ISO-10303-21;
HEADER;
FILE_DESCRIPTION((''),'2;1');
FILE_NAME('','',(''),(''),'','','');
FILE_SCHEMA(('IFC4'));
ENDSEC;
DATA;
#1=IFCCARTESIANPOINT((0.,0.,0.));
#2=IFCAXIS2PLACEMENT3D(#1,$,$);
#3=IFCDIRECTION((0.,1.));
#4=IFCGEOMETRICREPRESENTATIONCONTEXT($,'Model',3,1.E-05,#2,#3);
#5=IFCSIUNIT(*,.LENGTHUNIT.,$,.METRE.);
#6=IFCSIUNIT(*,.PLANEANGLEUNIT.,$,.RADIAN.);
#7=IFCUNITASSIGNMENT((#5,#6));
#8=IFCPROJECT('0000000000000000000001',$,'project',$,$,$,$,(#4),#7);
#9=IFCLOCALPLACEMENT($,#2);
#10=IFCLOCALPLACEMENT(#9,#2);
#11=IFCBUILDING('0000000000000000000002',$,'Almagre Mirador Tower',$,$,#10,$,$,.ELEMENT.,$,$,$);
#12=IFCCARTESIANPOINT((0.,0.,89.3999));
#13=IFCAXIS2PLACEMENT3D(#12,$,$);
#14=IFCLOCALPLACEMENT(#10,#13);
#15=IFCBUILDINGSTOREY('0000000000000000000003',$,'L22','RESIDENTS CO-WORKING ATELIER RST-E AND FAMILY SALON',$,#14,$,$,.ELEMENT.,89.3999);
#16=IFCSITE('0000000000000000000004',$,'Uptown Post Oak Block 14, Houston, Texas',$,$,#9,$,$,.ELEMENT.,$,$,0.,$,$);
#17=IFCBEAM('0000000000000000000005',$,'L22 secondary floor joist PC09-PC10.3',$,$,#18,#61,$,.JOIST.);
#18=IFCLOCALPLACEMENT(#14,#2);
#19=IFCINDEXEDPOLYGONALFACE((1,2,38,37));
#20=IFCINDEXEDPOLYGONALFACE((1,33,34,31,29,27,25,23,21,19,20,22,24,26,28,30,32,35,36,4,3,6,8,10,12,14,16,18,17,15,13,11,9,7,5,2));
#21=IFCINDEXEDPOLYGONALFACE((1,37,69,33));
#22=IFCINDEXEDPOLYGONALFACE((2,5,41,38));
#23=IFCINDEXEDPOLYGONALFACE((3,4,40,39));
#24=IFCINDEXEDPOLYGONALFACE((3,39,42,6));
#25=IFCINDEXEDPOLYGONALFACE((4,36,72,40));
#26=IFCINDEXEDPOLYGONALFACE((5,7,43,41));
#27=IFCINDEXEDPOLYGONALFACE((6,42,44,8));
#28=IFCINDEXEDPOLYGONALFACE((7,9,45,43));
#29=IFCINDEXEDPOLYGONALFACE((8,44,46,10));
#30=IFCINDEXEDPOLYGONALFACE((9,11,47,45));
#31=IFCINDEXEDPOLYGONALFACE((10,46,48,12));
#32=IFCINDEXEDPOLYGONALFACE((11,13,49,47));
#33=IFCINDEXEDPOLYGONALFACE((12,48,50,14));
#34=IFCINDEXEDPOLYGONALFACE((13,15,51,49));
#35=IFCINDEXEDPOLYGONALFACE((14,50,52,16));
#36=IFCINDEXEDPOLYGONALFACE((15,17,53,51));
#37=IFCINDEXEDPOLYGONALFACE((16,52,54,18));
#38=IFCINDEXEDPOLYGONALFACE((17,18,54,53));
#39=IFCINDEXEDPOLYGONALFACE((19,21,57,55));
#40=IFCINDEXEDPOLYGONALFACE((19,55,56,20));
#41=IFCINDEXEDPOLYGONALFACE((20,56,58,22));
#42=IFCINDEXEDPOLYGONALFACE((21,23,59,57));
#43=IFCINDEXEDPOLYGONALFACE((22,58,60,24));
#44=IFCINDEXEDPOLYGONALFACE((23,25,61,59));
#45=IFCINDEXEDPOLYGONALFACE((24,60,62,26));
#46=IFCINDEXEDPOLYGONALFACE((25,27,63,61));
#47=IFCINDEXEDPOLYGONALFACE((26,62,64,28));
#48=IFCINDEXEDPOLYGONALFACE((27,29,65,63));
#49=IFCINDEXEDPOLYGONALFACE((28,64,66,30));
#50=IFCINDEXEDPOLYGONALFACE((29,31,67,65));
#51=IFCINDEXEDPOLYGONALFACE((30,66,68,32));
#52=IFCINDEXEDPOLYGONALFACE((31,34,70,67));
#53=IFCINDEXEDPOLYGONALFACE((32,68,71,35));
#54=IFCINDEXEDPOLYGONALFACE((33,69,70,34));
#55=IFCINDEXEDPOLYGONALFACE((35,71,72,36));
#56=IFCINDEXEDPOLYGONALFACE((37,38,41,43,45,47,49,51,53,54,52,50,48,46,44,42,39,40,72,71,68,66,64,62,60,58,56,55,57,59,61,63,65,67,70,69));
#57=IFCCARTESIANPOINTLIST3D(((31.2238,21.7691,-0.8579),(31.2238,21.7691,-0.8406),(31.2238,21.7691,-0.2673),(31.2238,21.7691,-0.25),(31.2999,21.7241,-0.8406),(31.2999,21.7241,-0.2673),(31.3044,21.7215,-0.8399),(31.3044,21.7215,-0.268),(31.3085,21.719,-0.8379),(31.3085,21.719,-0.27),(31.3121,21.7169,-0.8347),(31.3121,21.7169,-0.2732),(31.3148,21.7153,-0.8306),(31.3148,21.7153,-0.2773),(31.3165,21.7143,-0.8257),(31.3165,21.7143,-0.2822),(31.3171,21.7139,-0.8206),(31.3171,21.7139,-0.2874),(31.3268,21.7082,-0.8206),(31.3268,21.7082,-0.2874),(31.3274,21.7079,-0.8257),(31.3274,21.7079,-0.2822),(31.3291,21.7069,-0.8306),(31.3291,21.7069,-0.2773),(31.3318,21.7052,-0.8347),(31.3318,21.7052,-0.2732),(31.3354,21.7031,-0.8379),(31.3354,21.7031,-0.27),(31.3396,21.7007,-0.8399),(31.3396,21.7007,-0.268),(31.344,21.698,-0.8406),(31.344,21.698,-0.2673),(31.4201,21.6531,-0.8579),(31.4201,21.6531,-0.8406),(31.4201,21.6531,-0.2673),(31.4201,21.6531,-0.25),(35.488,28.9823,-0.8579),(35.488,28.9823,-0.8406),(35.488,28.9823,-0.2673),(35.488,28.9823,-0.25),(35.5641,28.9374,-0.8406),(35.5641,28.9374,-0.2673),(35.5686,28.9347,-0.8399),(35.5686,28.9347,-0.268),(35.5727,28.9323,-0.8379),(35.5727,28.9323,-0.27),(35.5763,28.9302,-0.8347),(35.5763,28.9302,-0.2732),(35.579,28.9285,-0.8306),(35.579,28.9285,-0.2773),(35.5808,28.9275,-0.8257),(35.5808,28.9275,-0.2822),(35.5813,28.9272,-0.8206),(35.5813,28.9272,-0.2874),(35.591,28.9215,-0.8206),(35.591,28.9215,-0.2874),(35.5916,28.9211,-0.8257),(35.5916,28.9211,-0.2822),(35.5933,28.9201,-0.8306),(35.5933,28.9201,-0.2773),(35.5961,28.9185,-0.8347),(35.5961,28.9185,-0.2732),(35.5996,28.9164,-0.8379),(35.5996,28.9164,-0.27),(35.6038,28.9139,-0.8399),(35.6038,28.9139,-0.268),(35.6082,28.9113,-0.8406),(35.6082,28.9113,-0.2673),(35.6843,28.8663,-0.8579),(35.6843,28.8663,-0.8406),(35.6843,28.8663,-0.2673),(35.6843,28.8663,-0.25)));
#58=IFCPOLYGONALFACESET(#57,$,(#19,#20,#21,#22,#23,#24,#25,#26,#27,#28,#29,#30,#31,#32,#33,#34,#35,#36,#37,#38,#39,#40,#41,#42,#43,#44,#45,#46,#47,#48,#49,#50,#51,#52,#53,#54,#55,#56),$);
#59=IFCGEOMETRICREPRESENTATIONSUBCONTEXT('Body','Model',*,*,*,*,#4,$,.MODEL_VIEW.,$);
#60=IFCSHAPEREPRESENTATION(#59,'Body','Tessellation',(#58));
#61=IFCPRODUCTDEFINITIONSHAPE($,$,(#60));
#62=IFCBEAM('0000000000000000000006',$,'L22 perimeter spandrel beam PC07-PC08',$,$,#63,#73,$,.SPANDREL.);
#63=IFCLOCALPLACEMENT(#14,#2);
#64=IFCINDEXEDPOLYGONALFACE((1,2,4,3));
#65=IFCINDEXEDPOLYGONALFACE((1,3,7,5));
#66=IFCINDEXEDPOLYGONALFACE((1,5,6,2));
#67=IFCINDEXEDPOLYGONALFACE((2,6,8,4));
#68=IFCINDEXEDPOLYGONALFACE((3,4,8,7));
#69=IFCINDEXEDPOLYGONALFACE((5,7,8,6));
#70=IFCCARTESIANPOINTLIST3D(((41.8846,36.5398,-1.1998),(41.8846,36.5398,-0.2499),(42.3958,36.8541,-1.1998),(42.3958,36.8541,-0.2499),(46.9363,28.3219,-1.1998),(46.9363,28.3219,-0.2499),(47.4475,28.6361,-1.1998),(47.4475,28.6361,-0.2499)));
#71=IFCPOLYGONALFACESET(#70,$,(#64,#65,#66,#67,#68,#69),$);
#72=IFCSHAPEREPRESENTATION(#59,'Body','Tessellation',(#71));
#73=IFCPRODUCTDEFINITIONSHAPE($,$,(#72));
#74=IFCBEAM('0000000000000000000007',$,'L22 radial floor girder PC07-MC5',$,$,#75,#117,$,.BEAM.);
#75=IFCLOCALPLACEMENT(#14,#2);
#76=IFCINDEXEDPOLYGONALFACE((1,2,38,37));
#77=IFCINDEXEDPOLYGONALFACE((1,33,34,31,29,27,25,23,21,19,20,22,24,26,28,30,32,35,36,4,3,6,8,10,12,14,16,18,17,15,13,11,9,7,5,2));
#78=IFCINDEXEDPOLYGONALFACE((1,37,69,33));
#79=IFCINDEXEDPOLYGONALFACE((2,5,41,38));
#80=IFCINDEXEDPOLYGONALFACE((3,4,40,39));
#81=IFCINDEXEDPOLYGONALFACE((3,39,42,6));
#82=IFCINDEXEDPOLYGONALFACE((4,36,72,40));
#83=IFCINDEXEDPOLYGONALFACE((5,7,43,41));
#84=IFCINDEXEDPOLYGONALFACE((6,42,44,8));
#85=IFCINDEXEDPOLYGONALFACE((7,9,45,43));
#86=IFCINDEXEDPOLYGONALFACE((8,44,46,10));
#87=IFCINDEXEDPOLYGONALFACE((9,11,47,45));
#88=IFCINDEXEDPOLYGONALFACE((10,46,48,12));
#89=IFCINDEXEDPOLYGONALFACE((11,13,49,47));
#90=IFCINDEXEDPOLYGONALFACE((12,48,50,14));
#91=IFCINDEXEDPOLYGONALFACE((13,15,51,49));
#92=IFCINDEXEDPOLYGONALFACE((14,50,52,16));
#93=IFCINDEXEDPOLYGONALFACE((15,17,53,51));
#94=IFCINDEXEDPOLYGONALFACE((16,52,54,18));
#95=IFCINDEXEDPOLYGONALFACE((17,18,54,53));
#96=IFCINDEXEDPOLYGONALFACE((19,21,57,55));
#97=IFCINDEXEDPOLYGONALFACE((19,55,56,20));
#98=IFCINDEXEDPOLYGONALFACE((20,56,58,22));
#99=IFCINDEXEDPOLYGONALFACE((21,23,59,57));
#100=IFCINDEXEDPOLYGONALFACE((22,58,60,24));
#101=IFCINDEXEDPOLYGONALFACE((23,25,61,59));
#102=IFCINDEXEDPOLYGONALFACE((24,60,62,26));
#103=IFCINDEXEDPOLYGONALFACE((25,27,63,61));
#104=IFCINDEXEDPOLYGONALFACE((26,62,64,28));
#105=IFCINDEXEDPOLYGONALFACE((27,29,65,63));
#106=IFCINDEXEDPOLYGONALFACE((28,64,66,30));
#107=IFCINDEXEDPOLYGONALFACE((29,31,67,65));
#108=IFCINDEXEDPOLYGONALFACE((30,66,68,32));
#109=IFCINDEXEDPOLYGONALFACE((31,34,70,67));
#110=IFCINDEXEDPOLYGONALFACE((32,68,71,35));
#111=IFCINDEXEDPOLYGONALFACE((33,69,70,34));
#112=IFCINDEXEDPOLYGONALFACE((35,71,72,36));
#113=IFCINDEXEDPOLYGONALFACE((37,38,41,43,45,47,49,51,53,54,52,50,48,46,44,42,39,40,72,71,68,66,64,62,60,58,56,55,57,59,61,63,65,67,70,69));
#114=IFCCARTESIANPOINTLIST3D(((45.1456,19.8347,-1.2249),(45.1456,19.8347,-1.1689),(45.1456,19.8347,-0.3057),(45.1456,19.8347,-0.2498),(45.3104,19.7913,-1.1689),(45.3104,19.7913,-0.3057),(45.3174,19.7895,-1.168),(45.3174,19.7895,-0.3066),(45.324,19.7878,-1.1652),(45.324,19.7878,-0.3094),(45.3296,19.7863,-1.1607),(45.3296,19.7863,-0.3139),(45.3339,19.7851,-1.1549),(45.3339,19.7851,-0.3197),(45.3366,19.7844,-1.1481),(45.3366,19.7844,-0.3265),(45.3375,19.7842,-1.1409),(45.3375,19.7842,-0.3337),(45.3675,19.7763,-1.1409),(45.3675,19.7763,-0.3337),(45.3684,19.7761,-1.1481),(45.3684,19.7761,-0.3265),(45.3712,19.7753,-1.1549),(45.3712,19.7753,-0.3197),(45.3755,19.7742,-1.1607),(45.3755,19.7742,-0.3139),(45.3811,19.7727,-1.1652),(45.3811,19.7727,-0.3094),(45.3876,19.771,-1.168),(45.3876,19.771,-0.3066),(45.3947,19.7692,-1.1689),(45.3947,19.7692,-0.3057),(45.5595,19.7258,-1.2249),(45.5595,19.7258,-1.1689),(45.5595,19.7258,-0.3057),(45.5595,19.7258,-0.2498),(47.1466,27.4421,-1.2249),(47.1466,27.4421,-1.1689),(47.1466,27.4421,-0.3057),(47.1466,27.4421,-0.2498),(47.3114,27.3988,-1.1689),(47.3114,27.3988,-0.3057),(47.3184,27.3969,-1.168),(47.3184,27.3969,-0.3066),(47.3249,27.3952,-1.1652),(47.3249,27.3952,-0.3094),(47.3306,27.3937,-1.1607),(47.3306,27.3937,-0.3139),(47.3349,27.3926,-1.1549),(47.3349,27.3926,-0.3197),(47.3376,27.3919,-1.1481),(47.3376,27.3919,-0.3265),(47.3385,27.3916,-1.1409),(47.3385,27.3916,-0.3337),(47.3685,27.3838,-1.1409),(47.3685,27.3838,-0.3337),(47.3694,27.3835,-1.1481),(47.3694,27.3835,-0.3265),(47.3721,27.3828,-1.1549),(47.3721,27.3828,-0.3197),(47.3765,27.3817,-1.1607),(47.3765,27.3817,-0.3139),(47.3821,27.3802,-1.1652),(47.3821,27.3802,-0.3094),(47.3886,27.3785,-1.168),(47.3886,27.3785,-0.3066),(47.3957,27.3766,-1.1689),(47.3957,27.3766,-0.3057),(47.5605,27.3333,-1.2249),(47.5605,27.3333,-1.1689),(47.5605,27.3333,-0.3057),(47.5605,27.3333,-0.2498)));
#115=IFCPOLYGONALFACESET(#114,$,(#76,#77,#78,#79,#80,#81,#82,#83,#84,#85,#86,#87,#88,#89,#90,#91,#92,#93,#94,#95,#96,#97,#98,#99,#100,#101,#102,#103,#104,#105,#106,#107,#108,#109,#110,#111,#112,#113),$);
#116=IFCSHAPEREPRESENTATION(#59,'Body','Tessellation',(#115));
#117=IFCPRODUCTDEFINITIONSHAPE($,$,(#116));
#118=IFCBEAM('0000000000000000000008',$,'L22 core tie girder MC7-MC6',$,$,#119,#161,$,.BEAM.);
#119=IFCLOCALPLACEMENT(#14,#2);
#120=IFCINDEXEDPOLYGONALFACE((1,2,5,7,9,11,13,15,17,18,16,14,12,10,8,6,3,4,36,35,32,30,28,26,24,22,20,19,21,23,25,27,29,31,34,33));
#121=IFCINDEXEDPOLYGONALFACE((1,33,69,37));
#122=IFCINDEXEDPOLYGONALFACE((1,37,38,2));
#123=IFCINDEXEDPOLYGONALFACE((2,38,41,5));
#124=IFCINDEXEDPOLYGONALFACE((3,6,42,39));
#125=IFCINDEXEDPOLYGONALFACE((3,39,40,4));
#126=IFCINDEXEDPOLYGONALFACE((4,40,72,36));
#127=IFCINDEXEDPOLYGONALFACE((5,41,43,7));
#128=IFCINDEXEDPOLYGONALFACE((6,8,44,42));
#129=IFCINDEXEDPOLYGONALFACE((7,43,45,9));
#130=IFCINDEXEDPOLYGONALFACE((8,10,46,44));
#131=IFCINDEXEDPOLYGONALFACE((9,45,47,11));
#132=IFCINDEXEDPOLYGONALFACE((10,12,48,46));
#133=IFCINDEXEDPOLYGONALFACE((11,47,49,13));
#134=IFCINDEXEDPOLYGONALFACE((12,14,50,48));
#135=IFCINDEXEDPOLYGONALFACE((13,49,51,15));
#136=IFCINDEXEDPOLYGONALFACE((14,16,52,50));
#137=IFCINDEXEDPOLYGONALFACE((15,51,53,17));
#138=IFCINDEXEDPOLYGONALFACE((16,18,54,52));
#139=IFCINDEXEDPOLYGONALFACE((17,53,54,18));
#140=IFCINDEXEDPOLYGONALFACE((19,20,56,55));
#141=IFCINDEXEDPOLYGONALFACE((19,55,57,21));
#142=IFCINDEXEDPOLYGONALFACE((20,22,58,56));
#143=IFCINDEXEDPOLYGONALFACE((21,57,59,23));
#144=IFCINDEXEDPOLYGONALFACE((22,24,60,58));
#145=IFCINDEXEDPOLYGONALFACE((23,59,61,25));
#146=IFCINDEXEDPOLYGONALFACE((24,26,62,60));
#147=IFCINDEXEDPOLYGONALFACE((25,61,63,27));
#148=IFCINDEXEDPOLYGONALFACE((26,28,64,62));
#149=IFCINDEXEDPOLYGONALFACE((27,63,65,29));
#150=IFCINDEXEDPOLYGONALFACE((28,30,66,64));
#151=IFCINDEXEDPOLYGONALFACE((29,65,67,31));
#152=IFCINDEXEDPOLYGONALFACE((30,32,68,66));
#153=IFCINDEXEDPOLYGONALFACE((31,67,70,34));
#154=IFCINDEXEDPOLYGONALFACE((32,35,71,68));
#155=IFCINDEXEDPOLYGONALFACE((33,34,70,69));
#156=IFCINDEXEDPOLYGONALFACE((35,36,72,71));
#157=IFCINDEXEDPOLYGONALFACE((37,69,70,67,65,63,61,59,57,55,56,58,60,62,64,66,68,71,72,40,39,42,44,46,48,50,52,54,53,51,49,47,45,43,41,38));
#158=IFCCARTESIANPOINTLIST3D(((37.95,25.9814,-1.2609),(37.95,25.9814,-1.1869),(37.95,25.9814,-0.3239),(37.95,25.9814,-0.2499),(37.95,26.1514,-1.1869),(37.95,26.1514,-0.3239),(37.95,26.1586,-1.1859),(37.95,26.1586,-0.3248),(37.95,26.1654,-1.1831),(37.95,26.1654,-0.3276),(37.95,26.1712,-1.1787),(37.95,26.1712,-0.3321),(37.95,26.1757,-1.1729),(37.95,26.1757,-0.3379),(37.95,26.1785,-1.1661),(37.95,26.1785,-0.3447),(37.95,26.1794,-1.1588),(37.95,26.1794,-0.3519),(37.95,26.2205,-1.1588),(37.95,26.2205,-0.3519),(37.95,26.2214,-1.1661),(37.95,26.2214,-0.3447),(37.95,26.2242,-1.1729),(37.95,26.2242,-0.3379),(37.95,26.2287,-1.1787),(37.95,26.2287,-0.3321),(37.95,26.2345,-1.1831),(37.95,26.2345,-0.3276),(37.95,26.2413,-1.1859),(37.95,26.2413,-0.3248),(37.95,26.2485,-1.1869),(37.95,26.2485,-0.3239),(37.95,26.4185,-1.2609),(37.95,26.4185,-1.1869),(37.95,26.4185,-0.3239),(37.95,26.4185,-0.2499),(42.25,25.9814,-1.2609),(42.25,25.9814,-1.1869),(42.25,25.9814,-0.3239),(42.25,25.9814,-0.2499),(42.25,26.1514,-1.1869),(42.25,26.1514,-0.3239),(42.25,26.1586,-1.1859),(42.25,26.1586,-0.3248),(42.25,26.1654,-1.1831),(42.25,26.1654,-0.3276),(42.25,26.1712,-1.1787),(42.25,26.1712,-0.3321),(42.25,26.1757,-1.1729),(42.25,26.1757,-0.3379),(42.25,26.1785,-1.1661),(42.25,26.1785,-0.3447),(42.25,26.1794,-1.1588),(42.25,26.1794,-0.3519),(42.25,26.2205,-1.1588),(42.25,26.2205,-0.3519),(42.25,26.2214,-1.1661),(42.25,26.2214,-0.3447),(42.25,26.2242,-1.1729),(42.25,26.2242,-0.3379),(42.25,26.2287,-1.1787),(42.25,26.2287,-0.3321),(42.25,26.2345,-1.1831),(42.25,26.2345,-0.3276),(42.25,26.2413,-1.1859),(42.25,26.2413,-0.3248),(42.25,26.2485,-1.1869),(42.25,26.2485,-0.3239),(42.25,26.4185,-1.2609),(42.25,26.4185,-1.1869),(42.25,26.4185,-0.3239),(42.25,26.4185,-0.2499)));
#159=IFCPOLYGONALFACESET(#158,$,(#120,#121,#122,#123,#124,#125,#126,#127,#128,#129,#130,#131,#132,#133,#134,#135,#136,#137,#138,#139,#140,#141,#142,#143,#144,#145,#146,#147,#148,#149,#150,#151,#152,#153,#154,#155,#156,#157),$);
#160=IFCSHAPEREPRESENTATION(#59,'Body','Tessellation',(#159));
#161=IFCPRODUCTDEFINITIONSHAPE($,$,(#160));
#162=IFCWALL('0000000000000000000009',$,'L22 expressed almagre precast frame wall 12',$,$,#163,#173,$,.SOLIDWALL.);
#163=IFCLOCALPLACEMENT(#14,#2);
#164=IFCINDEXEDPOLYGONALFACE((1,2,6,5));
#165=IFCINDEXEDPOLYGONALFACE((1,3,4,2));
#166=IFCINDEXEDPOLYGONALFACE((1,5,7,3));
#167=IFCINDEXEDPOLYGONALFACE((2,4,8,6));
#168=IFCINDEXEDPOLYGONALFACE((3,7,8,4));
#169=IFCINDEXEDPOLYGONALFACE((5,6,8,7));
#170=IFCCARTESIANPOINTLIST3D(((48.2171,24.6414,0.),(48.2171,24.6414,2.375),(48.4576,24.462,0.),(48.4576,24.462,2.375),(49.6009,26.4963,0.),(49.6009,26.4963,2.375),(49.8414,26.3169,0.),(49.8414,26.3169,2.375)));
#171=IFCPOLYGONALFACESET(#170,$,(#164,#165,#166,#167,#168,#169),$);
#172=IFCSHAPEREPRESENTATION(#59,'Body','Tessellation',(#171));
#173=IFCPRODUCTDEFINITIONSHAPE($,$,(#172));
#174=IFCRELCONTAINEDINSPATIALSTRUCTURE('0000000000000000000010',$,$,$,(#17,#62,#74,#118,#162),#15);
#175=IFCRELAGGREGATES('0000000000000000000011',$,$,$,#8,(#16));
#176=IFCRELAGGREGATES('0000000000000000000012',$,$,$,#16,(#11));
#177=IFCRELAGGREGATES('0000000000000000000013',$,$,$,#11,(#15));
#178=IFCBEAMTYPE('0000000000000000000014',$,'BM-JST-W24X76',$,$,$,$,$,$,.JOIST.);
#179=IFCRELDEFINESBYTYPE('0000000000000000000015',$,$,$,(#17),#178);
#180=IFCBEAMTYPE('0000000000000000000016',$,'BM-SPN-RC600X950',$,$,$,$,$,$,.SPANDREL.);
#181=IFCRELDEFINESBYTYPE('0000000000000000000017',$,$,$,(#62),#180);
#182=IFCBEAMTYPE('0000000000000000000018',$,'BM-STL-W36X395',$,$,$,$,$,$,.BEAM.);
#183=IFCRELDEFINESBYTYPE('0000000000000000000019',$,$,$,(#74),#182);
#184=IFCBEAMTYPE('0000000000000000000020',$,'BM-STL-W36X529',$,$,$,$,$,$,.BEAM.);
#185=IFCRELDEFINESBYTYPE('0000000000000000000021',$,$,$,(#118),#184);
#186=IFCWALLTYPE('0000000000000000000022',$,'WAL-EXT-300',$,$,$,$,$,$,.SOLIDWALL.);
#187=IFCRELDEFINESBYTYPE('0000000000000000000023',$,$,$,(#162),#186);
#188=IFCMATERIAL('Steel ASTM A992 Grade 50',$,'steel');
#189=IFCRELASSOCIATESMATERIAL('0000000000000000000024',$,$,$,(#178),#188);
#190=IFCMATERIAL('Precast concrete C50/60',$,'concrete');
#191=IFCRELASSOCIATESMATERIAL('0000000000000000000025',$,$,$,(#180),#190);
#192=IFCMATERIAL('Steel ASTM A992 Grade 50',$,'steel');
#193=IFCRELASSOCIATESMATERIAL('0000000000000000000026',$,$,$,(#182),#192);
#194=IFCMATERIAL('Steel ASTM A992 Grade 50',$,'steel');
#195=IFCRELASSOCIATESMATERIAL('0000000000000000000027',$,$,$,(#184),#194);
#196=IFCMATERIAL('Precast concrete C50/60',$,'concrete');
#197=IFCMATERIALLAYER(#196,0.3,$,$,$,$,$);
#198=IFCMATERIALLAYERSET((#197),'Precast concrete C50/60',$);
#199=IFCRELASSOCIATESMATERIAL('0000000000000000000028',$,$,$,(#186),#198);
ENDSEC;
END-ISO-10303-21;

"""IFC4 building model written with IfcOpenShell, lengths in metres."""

from ifc_helpers import new_model, si_unit, direction, frame, frame_2d, origin, origin_2d, place, context, subcontext, project, spatial, rectangle, i_section, extrude, material, layer, layer_set, material_profile, profile_set, type_object, element, save


model = new_model("IFC4")

# Units and contexts
model_context = context("Model", 3, precision=1e-05, world=origin(), true_north=direction((0.0, 1.0)))
body_context = subcontext(model_context, "Body", "Model", "MODEL_VIEW")
ifc_project = project(units=[si_unit("LENGTHUNIT", "METRE"), si_unit("PLANEANGLEUNIT", "RADIAN")], contexts=[model_context])

# Site, building, storey
site_placement = place(None, origin())
site = spatial("IfcSite", under=ifc_project, at=site_placement, Name="Uptown Post Oak Block 14, Houston, Texas", CompositionType="ELEMENT", RefElevation=0.0)
building_placement = place(site_placement, origin())
building = spatial("IfcBuilding", under=site, at=building_placement, Name="Almagre Mirador Tower", CompositionType="ELEMENT")
storey_placement = place(building_placement, frame((0.0, 0.0, 89.3999)))
storey = spatial("IfcBuildingStorey", under=building, at=storey_placement, Name="L22", Description="RESIDENTS CO-WORKING ATELIER RST-E AND FAMILY SALON", CompositionType="ELEMENT", Elevation=89.3999)

# Beams
ifc_material_1 = material(Name="Steel ASTM A992 Grade 50", Category="steel")
ifc_material_profile_1 = material_profile(ifc_material_1, i_section(OverallWidth=0.228, OverallDepth=0.6079, WebThickness=0.0112, FlangeThickness=0.0173, FilletRadius=0.02, at=origin_2d()), Name="W24X76")
ifc_profile_set_1 = profile_set([ifc_material_profile_1], Name="Steel ASTM A992 Grade 50")
beam_type_1 = type_object("IfcBeamType", Name="BM-JST-W24X76", PredefinedType="JOIST", material=ifc_profile_set_1)
beam_1_placement = place(storey_placement, frame((35.5862, 28.9243, -0.554), z_axis=(-0.508893, -0.86083, 0.0), x_axis=(0.86083, -0.508893, 0.0)))
element("IfcBeam", 1, at=beam_1_placement, inside=storey, type_object=beam_type_1, Name="L22 secondary floor joist PC09-PC10.3", PredefinedType="JOIST", context=body_context, shape_type="SweptSolid", body=[
    extrude(i_section(OverallWidth=0.228, OverallDepth=0.6079, WebThickness=0.0112, FlangeThickness=0.0173, FilletRadius=0.02, at=origin_2d()), origin(), (0.0, 0.0, 1.0), 8.3794),
])
ifc_material_2 = material(Name="Precast concrete C50/60", Category="concrete")
ifc_material_profile_2 = material_profile(ifc_material_2, rectangle(XDim=0.6001, YDim=0.95, at=origin_2d()), Name="RC600X950")
ifc_profile_set_2 = profile_set([ifc_material_profile_2], Name="Precast concrete C50/60")
beam_type_2 = type_object("IfcBeamType", Name="BM-SPN-RC600X950", PredefinedType="SPANDREL", material=ifc_profile_set_2)
beam_2_placement = place(storey_placement, frame((47.1919, 28.479, -0.7249), z_axis=(-0.523685, 0.851912, 0.0), x_axis=(-0.851912, -0.523685, 0.0)))
element("IfcBeam", 2, at=beam_2_placement, inside=storey, type_object=beam_type_2, Name="L22 perimeter spandrel beam PC07-PC08", PredefinedType="SPANDREL", context=body_context, shape_type="SweptSolid", body=[
    extrude(rectangle(XDim=0.6001, YDim=0.95, at=origin_2d()), origin(), (0.0, 0.0, 1.0), 9.6465),
])
ifc_material_3 = material(Name="Steel ASTM A992 Grade 50", Category="steel")
ifc_material_profile_3 = material_profile(ifc_material_3, i_section(OverallWidth=0.428, OverallDepth=0.9751, WebThickness=0.031, FlangeThickness=0.0559, FilletRadius=0.0281, at=origin_2d()), Name="W36X395")
ifc_profile_set_3 = profile_set([ifc_material_profile_3], Name="Steel ASTM A992 Grade 50")
beam_type_3 = type_object("IfcBeamType", Name="BM-STL-W36X395", PredefinedType="BEAM", material=ifc_profile_set_3)
beam_3_placement = place(storey_placement, frame((47.3535, 27.3877, -0.7373), z_axis=(-0.254377, -0.967105, 0.0), x_axis=(0.967105, -0.254377, 0.0)))
element("IfcBeam", 3, at=beam_3_placement, inside=storey, type_object=beam_type_3, Name="L22 radial floor girder PC07-MC5", PredefinedType="BEAM", context=body_context, shape_type="SweptSolid", body=[
    extrude(i_section(OverallWidth=0.428, OverallDepth=0.9751, WebThickness=0.031, FlangeThickness=0.0559, FilletRadius=0.0281, at=origin_2d()), origin(), (0.0, 0.0, 1.0), 7.8662),
])
ifc_material_4 = material(Name="Steel ASTM A992 Grade 50", Category="steel")
ifc_material_profile_4 = material_profile(ifc_material_4, i_section(OverallWidth=0.437, OverallDepth=1.011, WebThickness=0.041, FlangeThickness=0.074, FilletRadius=0.0281, at=origin_2d()), Name="W36X529")
ifc_profile_set_4 = profile_set([ifc_material_profile_4], Name="Steel ASTM A992 Grade 50")
beam_type_4 = type_object("IfcBeamType", Name="BM-STL-W36X529", PredefinedType="BEAM", material=ifc_profile_set_4)
beam_4_placement = place(storey_placement, frame((37.95, 26.2, -0.7554), z_axis=(1.0, 0.0, 0.0), x_axis=(0.0, 1.0, 0.0)))
element("IfcBeam", 4, at=beam_4_placement, inside=storey, type_object=beam_type_4, Name="L22 core tie girder MC7-MC6", PredefinedType="BEAM", context=body_context, shape_type="SweptSolid", body=[
    extrude(i_section(OverallWidth=0.437, OverallDepth=1.011, WebThickness=0.041, FlangeThickness=0.074, FilletRadius=0.0281, at=origin_2d()), origin(), (0.0, 0.0, 1.0), 4.3),
])

# Wall
ifc_material_5 = material(Name="Precast concrete C50/60", Category="concrete")
ifc_layer_1 = layer(ifc_material_5, 0.3)
ifc_layer_set_1 = layer_set([ifc_layer_1], Name="Precast concrete C50/60")
wall_type_1 = type_object("IfcWallType", Name="WAL-EXT-300", PredefinedType="SOLIDWALL", material=ifc_layer_set_1)
wall_1_placement = place(storey_placement, frame((49.7212, 26.4067, 0.0), z_axis=(0.0, 0.0, 1.0), x_axis=(-0.597939, -0.801542, 0.0)))
element("IfcWall", 5, at=wall_1_placement, inside=storey, type_object=wall_type_1, Name="L22 expressed almagre precast frame wall 12", PredefinedType="SOLIDWALL", context=body_context, shape_type="SweptSolid", body=[
    extrude(rectangle(XDim=2.3142, YDim=0.3, at=frame_2d((1.1572, 0.0))), origin(), (0.0, 0.0, 1.0), 2.375),
])

save(model, "model.ifc")
